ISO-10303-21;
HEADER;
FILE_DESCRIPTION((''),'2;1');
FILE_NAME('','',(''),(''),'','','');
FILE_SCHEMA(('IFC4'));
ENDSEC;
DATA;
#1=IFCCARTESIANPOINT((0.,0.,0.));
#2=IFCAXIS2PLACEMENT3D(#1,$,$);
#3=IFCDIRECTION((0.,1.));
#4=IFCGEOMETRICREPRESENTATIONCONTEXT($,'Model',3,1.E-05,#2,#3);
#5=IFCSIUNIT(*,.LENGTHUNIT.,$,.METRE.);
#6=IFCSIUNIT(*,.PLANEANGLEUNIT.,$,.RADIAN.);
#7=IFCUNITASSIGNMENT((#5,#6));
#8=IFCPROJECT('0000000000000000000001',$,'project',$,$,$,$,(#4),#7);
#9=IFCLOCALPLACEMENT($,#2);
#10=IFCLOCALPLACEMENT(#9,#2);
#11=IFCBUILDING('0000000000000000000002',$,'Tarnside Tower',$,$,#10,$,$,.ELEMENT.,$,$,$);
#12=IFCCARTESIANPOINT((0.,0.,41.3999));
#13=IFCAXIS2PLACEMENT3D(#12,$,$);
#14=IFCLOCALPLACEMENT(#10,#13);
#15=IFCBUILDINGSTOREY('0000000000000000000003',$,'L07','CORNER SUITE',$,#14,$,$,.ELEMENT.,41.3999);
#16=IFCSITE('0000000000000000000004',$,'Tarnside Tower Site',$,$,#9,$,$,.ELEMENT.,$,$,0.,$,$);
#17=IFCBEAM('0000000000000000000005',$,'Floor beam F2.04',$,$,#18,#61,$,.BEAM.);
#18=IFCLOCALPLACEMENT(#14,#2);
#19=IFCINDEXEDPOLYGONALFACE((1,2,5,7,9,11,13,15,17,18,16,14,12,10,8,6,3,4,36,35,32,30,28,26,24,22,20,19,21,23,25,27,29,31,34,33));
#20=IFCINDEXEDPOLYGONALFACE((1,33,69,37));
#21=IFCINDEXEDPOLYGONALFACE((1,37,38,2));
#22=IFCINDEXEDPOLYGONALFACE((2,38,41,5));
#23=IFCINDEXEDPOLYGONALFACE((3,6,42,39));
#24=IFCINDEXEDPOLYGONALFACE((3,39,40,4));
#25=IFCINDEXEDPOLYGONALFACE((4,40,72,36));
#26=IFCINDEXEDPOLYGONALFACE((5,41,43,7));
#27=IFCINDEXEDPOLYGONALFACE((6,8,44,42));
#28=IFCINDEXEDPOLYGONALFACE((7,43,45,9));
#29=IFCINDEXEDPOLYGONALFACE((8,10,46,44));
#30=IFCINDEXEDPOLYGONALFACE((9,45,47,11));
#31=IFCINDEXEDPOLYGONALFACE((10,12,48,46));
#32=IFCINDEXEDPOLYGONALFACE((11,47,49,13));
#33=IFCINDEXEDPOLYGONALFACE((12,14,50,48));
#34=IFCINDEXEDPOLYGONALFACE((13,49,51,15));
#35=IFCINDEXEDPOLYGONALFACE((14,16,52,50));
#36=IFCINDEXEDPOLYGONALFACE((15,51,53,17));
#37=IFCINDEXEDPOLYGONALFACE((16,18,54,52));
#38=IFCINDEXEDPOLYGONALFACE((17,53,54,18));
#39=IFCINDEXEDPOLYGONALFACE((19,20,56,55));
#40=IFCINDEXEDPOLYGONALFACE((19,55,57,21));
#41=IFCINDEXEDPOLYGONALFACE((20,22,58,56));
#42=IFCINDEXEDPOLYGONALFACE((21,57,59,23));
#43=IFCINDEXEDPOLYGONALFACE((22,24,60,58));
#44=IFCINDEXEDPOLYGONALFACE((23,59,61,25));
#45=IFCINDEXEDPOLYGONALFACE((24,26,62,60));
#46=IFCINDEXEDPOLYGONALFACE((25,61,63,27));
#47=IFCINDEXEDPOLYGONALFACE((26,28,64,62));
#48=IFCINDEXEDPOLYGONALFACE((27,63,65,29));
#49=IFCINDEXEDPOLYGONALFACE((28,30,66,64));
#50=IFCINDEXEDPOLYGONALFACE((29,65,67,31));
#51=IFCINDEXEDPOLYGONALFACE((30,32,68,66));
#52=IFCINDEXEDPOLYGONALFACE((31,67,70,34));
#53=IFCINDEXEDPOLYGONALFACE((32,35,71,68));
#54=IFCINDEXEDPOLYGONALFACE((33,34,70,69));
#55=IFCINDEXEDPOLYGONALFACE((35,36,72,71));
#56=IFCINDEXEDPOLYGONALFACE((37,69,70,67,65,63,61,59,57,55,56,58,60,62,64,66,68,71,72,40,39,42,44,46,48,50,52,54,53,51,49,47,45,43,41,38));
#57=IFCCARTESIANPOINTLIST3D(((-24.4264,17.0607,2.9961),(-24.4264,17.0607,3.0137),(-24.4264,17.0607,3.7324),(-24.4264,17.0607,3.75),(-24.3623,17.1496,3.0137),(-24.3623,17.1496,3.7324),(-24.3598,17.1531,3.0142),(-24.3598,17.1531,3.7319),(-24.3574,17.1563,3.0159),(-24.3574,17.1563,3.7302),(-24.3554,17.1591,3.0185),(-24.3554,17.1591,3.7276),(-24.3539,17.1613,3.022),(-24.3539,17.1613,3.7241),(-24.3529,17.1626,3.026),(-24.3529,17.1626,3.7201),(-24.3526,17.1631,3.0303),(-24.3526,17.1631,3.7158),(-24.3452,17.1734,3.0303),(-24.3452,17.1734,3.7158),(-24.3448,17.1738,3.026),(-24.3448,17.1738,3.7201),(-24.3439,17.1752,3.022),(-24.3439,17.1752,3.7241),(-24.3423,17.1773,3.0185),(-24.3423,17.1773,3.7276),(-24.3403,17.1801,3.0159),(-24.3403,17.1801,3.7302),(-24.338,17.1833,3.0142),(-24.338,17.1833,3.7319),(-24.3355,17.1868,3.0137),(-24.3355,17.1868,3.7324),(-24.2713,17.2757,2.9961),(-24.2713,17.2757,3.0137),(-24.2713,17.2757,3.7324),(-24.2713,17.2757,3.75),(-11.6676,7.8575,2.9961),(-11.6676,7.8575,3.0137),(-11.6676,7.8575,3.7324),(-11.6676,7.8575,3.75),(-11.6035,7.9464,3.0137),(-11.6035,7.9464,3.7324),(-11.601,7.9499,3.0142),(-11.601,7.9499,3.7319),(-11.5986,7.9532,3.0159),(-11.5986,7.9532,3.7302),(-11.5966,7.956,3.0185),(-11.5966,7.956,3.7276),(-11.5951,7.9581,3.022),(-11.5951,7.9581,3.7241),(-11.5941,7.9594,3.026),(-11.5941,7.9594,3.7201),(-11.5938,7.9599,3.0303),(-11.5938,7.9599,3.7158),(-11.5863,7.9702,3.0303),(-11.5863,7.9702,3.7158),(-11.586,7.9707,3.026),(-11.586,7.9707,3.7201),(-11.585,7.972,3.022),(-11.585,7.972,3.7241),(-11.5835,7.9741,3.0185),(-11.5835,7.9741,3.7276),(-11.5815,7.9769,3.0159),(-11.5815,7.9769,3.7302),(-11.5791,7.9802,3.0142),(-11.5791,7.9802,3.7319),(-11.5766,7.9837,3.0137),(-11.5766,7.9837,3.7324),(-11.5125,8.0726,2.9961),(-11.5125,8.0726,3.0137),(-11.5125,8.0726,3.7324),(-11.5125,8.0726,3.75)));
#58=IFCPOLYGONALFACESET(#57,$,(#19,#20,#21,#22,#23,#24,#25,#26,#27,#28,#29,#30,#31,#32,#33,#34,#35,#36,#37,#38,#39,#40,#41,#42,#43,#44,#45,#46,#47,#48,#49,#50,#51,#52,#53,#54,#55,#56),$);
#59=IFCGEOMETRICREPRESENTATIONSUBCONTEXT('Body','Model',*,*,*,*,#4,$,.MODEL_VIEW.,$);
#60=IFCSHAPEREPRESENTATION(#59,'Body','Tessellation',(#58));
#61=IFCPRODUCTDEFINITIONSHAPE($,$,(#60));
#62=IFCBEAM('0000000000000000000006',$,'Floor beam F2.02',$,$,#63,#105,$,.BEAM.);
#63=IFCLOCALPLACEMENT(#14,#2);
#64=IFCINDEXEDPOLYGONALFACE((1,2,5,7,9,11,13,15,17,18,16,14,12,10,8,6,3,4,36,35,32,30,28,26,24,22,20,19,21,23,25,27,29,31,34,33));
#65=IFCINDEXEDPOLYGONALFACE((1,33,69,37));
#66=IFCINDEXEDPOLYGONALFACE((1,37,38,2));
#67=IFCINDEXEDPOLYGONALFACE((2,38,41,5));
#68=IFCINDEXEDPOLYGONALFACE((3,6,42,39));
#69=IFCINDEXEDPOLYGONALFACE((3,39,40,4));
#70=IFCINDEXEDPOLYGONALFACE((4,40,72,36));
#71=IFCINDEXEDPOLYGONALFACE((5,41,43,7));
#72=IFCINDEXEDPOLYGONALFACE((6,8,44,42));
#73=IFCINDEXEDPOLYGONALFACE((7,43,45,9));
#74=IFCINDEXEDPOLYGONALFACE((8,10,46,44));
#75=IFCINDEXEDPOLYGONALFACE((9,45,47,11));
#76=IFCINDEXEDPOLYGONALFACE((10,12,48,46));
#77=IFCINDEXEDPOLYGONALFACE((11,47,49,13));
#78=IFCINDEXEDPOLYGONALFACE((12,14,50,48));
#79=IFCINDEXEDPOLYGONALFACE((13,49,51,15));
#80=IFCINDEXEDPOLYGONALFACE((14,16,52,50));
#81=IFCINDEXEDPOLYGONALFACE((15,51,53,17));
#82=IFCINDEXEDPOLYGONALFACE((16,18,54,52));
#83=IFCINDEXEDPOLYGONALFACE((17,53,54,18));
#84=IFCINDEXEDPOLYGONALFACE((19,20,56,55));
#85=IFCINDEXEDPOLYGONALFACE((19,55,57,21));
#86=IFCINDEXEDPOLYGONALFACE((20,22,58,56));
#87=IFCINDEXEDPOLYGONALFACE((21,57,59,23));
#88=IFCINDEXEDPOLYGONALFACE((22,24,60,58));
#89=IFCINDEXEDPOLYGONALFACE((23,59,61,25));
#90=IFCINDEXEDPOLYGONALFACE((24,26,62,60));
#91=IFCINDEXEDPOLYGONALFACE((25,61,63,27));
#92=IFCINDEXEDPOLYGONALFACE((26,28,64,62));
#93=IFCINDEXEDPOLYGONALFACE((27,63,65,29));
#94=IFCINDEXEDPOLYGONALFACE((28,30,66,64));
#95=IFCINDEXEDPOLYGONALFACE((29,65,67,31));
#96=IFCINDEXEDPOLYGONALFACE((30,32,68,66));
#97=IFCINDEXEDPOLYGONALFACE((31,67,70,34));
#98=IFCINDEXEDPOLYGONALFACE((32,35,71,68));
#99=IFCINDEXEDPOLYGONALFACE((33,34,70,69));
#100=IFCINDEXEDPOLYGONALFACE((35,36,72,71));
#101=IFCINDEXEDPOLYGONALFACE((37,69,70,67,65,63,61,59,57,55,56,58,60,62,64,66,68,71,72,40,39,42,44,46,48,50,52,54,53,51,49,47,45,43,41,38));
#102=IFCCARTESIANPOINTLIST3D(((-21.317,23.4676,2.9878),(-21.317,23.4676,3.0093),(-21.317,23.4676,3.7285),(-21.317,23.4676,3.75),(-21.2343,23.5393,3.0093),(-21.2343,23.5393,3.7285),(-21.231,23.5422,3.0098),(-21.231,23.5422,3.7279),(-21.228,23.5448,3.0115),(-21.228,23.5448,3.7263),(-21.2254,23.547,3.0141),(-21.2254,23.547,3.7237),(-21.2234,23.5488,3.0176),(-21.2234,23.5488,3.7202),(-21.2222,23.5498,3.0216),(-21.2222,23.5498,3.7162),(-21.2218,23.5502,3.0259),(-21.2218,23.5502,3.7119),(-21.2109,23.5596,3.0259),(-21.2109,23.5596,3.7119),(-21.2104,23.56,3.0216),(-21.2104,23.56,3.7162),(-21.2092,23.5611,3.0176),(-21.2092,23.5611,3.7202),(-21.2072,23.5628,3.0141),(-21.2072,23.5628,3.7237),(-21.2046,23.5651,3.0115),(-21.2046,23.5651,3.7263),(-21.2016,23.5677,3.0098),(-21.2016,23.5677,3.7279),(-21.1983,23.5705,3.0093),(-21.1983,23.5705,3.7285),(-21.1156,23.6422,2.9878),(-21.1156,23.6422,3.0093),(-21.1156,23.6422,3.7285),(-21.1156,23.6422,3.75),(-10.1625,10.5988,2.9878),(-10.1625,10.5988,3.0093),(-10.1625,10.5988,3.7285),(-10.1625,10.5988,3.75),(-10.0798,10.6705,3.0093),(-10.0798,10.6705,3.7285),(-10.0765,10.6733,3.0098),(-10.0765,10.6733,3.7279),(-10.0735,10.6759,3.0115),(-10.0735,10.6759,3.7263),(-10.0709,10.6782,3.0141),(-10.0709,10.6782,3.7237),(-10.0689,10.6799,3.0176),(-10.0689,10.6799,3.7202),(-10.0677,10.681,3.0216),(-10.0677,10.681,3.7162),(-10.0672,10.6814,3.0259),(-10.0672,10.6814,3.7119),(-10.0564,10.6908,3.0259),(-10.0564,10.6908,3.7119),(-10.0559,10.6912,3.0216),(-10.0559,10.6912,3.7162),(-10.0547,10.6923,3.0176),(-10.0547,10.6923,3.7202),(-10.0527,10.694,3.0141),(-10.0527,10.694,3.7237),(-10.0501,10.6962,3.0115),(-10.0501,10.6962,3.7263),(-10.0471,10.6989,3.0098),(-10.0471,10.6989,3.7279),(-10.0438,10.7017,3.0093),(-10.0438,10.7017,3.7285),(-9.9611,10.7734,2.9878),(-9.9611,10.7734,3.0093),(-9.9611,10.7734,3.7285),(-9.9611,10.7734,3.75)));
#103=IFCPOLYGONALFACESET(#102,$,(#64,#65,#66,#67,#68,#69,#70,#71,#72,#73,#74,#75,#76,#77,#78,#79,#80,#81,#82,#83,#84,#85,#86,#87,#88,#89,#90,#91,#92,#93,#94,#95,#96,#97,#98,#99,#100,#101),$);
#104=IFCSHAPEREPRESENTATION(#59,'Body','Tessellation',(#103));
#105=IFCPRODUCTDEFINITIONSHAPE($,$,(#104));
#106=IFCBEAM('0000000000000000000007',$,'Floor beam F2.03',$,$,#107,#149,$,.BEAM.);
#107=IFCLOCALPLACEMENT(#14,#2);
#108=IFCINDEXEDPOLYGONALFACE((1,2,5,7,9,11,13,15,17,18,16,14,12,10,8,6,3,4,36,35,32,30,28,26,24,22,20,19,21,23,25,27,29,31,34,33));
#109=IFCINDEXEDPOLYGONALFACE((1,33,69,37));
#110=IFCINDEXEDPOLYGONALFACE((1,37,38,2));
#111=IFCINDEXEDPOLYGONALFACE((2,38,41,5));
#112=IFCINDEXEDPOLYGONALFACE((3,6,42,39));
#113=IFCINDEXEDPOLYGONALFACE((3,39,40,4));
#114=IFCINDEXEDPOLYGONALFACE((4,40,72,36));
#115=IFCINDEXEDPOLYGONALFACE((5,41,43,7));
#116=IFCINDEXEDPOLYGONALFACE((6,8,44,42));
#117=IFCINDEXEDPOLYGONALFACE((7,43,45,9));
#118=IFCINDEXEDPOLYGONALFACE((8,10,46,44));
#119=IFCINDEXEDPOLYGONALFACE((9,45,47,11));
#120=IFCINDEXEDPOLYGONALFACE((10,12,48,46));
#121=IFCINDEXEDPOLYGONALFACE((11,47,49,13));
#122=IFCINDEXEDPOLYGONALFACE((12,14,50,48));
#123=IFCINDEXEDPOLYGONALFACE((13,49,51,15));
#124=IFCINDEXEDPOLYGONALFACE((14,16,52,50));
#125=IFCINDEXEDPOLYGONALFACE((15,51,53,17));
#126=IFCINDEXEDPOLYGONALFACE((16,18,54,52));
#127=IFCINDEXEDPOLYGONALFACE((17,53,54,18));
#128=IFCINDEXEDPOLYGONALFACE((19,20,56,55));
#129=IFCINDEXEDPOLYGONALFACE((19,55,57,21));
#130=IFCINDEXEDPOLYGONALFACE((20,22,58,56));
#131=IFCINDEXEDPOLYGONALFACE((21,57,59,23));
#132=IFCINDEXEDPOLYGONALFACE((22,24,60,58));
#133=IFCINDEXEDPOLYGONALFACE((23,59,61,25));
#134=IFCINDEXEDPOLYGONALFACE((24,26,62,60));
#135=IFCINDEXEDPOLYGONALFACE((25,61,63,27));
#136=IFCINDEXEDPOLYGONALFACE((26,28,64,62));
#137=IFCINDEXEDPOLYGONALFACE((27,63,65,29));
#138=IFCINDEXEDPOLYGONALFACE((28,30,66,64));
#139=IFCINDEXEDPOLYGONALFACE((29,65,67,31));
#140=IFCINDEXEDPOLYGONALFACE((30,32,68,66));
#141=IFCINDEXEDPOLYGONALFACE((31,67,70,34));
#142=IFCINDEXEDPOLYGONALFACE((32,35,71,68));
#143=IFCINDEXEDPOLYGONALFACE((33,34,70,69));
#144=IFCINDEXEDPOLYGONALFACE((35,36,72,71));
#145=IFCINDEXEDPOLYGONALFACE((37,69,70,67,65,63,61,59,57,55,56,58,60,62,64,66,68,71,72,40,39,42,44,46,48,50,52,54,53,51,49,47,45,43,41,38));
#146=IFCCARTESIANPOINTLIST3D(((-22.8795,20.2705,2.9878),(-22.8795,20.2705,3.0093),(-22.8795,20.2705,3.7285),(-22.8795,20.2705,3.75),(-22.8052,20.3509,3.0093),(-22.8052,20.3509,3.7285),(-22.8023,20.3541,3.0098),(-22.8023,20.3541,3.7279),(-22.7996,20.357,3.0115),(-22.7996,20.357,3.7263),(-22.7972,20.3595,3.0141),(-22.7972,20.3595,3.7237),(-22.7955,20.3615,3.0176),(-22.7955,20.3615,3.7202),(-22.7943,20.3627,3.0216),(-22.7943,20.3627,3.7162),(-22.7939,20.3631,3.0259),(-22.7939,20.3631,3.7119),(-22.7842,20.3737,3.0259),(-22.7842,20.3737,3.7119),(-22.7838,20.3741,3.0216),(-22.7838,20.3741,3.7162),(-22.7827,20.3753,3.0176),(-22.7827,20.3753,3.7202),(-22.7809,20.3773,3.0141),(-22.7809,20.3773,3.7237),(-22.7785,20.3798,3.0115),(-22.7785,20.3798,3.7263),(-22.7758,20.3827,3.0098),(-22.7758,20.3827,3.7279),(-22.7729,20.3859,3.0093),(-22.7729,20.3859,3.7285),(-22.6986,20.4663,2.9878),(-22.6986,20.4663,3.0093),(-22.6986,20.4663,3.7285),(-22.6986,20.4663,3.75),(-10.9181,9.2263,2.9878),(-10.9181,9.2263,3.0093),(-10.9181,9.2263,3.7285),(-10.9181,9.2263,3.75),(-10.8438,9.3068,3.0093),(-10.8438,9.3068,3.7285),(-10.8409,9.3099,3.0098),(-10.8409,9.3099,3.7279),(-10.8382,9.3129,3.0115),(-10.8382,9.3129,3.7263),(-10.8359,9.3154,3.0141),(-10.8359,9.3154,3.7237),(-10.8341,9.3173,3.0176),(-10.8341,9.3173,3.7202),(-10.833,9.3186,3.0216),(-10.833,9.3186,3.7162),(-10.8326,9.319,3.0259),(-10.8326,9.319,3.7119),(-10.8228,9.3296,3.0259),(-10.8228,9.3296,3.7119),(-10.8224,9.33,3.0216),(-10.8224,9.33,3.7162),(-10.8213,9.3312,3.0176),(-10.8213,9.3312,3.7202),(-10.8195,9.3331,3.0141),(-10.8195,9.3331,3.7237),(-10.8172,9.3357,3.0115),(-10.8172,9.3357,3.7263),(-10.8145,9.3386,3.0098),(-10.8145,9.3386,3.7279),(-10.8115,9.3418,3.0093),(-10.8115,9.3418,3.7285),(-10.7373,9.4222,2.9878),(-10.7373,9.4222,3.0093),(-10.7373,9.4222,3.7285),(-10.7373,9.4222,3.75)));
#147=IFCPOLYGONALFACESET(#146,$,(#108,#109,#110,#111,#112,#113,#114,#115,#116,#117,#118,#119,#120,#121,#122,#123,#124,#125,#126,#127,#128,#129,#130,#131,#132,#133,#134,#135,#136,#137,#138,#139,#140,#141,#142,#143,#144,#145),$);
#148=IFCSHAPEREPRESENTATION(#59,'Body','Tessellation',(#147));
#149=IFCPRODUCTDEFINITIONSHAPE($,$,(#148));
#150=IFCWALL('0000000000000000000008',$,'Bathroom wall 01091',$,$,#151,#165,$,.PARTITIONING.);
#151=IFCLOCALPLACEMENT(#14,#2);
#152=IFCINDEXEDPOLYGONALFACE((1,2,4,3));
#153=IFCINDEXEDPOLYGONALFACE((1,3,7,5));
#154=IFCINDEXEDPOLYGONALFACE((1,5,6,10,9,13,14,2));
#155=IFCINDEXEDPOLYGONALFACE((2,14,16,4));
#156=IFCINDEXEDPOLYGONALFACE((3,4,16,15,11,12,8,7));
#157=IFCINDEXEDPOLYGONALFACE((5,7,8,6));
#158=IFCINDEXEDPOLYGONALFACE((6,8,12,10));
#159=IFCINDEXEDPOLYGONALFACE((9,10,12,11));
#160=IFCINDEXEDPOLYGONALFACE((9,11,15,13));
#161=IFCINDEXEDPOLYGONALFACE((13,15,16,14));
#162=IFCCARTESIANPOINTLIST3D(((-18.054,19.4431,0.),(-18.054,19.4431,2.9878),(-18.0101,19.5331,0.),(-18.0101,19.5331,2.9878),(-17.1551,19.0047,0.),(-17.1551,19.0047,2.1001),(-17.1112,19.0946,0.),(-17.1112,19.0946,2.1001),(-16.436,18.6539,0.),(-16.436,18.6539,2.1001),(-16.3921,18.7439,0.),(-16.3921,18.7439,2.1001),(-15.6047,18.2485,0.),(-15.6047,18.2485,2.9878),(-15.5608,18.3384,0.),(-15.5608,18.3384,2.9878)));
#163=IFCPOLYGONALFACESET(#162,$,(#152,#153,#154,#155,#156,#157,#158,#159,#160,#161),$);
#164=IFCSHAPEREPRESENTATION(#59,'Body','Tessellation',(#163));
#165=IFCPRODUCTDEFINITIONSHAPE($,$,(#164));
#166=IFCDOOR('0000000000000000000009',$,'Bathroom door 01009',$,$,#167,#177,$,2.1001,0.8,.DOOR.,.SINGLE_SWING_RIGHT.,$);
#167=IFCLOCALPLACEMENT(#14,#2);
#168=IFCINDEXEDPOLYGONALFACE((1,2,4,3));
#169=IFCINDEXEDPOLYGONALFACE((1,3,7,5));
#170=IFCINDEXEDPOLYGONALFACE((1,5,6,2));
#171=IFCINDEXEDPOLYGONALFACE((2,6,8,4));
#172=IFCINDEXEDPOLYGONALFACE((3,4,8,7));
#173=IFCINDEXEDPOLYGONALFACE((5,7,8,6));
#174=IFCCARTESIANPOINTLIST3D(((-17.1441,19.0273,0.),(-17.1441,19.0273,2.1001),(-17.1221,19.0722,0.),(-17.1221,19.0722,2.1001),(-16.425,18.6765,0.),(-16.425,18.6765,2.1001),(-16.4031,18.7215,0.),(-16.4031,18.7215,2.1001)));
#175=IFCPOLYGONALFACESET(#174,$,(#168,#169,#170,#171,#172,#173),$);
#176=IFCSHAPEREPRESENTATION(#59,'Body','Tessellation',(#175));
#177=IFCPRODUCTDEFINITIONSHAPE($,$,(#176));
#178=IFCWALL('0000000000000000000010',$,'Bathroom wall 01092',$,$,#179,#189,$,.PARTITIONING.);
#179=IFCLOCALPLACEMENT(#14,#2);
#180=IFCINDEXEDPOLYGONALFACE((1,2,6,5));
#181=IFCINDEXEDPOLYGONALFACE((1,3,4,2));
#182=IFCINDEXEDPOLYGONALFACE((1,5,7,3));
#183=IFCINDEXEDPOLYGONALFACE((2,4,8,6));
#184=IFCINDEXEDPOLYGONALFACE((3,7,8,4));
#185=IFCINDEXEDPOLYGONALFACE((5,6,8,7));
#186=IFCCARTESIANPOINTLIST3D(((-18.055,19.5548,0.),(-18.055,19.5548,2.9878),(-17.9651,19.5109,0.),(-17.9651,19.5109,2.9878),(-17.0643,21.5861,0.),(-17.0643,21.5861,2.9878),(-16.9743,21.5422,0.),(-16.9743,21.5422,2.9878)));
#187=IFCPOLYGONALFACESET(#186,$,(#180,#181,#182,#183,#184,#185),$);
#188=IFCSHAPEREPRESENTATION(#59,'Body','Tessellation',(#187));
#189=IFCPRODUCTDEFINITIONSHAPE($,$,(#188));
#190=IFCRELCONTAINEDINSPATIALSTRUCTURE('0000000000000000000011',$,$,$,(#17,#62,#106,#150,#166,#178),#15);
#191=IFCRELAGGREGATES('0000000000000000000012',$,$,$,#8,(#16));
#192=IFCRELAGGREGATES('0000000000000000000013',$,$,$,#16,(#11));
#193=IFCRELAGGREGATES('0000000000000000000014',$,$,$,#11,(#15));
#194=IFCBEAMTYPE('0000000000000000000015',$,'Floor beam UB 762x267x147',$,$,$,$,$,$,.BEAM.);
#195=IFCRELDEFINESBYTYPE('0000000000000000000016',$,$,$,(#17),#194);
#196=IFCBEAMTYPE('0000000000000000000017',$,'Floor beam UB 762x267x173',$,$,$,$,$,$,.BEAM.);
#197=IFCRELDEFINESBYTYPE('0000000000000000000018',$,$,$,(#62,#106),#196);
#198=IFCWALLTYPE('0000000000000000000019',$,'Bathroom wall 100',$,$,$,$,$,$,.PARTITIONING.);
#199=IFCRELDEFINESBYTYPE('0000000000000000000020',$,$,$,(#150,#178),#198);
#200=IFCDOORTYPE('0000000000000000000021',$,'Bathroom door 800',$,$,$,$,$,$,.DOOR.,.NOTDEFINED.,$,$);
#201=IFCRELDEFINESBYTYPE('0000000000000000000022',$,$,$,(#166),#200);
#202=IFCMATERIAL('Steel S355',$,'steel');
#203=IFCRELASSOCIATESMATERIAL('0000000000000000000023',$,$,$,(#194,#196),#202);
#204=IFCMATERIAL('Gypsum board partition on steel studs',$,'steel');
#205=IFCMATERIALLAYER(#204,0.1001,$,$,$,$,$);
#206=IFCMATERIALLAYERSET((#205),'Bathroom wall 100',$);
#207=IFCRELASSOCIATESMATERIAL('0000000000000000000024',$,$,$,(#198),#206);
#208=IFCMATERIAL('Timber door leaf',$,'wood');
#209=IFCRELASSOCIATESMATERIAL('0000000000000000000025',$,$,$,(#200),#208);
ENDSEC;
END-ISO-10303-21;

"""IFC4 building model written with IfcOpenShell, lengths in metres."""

from ifc_helpers import new_model, si_unit, direction, frame, frame_2d, origin, origin_2d, place, context, subcontext, project, spatial, rectangle, i_section, extrude, material, layer, layer_set, material_profile, profile_set, type_object, element, fill, save


model = new_model("IFC4")

# Units and contexts
model_context = context("Model", 3, precision=1e-05, world=origin(), true_north=direction((0.0, 1.0)))
body_context = subcontext(model_context, "Body", "Model", "MODEL_VIEW")
ifc_project = project(units=[si_unit("LENGTHUNIT", "METRE"), si_unit("PLANEANGLEUNIT", "RADIAN")], contexts=[model_context])

# Site, building, storey
site_placement = place(None, origin())
site = spatial("IfcSite", under=ifc_project, at=site_placement, Name="Tarnside Tower Site", CompositionType="ELEMENT", RefElevation=0.0)
building_placement = place(site_placement, origin())
building = spatial("IfcBuilding", under=site, at=building_placement, Name="Tarnside Tower", CompositionType="ELEMENT")
storey_placement = place(building_placement, frame((0.0, 0.0, 41.3999)))
storey = spatial("IfcBuildingStorey", under=building, at=storey_placement, Name="L07", Description="CORNER SUITE", CompositionType="ELEMENT", Elevation=41.3999)

# Beams
ifc_material_1 = material(Name="Steel S355", Category="steel")
ifc_material_profile_1 = material_profile(ifc_material_1, i_section(OverallWidth=0.2651, OverallDepth=0.7539, WebThickness=0.0127, FlangeThickness=0.0176, FilletRadius=0.0166, at=origin_2d()), Name="UB 762x267x147")
ifc_profile_set_1 = profile_set([ifc_material_profile_1], Name="Steel S355")
beam_type_1 = type_object("IfcBeamType", Name="Floor beam UB 762x267x147", PredefinedType="BEAM", material=ifc_profile_set_1)
beam_1_placement = place(storey_placement, frame((-24.3489, 17.1682, 3.373), z_axis=(0.811028, -0.585008, 0.0), x_axis=(0.585008, 0.811028, 0.0)))
element("IfcBeam", 1, at=beam_1_placement, inside=storey, type_object=beam_type_1, Name="Floor beam F2.04", PredefinedType="BEAM", context=body_context, shape_type="SweptSolid", body=[
    extrude(i_section(OverallWidth=0.2651, OverallDepth=0.7539, WebThickness=0.0127, FlangeThickness=0.0176, FilletRadius=0.0166, at=origin_2d()), origin(), (0.0, 0.0, 1.0), 15.7317),
])
ifc_material_profile_2 = material_profile(ifc_material_1, i_section(OverallWidth=0.2666, OverallDepth=0.7622, WebThickness=0.0144, FlangeThickness=0.0215, FilletRadius=0.0166, at=origin_2d()), Name="UB 762x267x173")
ifc_profile_set_2 = profile_set([ifc_material_profile_2], Name="Steel S355")
beam_type_2 = type_object("IfcBeamType", Name="Floor beam UB 762x267x173", PredefinedType="BEAM", material=ifc_profile_set_2)
beam_2_placement = place(storey_placement, frame((-21.2163, 23.5549, 3.3689), z_axis=(0.654981, -0.755646, 0.0), x_axis=(0.755646, 0.654981, 0.0)))
element("IfcBeam", 2, at=beam_2_placement, inside=storey, type_object=beam_type_2, Name="Floor beam F2.02", PredefinedType="BEAM", context=body_context, shape_type="SweptSolid", body=[
    extrude(i_section(OverallWidth=0.2666, OverallDepth=0.7622, WebThickness=0.0144, FlangeThickness=0.0215, FilletRadius=0.0166, at=origin_2d()), origin(), (0.0, 0.0, 1.0), 17.0303),
])
beam_3_placement = place(storey_placement, frame((-22.7891, 20.3684, 3.3689), z_axis=(0.734715, -0.678375, 0.0), x_axis=(0.678375, 0.734715, 0.0)))
element("IfcBeam", 3, at=beam_3_placement, inside=storey, type_object=beam_type_2, Name="Floor beam F2.03", PredefinedType="BEAM", context=body_context, shape_type="SweptSolid", body=[
    extrude(i_section(OverallWidth=0.2666, OverallDepth=0.7622, WebThickness=0.0144, FlangeThickness=0.0215, FilletRadius=0.0166, at=origin_2d()), origin(), (0.0, 0.0, 1.0), 16.2803),
])

# Wall, opening, door
ifc_material_2 = material(Name="Gypsum board partition on steel studs", Category="steel")
ifc_layer_1 = layer(ifc_material_2, 0.1001)
ifc_layer_set_1 = layer_set([ifc_layer_1], Name="Bathroom wall 100")
wall_type_1 = type_object("IfcWallType", Name="Bathroom wall 100", PredefinedType="PARTITIONING", material=ifc_layer_set_1)
wall_1_placement = place(storey_placement, frame((-15.5828, 18.2935, 0.0), z_axis=(0.0, 0.0, 1.0), x_axis=(-0.898792, 0.438376, 0.0)))
wall_1 = element("IfcWall", 4, at=wall_1_placement, inside=storey, type_object=wall_type_1, Name="Bathroom wall 01091", PredefinedType="PARTITIONING", context=body_context, shape_type="SweptSolid", body=[
    extrude(rectangle(XDim=2.7251, YDim=0.1001, at=frame_2d((1.3625, 0.0))), origin(), (0.0, 0.0, 1.0), 2.9878),
])
opening_1_placement = place(wall_1_placement, frame((0.925, 0.0, 0.0)))
opening_1 = element("IfcOpeningElement", 5, at=opening_1_placement, cuts=wall_1, PredefinedType="OPENING", context=body_context, shape_type="SweptSolid", body=[
    extrude(rectangle(XDim=0.8, YDim=2.1001, at=frame_2d((0.3999, 1.05))), frame((0.0, 0.0601, 0.0), z_axis=(0.0, -1.0, 0.0), x_axis=(1.0, 0.0, 0.0)), (0.0, 0.0, 1.0), 0.1201),
])
ifc_material_3 = material(Name="Timber door leaf", Category="wood")
door_type_1 = type_object("IfcDoorType", Name="Bathroom door 800", OperationType="NOTDEFINED", PredefinedType="DOOR", material=ifc_material_3)
door_1_placement = place(opening_1_placement, origin())
door_1 = element("IfcDoor", 6, at=door_1_placement, inside=storey, type_object=door_type_1, Name="Bathroom door 01009", OperationType="SINGLE_SWING_RIGHT", OverallHeight=2.1001, OverallWidth=0.8, PredefinedType="DOOR", context=body_context, shape_type="SweptSolid", body=[
    extrude(rectangle(XDim=0.8, YDim=2.1001, at=frame_2d((0.3999, 1.05))), frame((0.0, 0.0249, 0.0), z_axis=(0.0, -1.0, 0.0), x_axis=(1.0, 0.0, 0.0)), (0.0, 0.0, 1.0), 0.05),
])
fill(opening_1, door_1)

# Wall
wall_2_placement = place(storey_placement, frame((-18.01, 19.533, 0.0), z_axis=(0.0, 0.0, 1.0), x_axis=(0.438377, 0.898791, 0.0)))
element("IfcWall", 7, at=wall_2_placement, inside=storey, type_object=wall_type_1, Name="Bathroom wall 01092", PredefinedType="PARTITIONING", context=body_context, shape_type="SweptSolid", body=[
    extrude(rectangle(XDim=2.26, YDim=0.1001, at=frame_2d((1.1299, 0.0))), origin(), (0.0, 0.0, 1.0), 2.9878),
])

save(model, "model.ifc")
